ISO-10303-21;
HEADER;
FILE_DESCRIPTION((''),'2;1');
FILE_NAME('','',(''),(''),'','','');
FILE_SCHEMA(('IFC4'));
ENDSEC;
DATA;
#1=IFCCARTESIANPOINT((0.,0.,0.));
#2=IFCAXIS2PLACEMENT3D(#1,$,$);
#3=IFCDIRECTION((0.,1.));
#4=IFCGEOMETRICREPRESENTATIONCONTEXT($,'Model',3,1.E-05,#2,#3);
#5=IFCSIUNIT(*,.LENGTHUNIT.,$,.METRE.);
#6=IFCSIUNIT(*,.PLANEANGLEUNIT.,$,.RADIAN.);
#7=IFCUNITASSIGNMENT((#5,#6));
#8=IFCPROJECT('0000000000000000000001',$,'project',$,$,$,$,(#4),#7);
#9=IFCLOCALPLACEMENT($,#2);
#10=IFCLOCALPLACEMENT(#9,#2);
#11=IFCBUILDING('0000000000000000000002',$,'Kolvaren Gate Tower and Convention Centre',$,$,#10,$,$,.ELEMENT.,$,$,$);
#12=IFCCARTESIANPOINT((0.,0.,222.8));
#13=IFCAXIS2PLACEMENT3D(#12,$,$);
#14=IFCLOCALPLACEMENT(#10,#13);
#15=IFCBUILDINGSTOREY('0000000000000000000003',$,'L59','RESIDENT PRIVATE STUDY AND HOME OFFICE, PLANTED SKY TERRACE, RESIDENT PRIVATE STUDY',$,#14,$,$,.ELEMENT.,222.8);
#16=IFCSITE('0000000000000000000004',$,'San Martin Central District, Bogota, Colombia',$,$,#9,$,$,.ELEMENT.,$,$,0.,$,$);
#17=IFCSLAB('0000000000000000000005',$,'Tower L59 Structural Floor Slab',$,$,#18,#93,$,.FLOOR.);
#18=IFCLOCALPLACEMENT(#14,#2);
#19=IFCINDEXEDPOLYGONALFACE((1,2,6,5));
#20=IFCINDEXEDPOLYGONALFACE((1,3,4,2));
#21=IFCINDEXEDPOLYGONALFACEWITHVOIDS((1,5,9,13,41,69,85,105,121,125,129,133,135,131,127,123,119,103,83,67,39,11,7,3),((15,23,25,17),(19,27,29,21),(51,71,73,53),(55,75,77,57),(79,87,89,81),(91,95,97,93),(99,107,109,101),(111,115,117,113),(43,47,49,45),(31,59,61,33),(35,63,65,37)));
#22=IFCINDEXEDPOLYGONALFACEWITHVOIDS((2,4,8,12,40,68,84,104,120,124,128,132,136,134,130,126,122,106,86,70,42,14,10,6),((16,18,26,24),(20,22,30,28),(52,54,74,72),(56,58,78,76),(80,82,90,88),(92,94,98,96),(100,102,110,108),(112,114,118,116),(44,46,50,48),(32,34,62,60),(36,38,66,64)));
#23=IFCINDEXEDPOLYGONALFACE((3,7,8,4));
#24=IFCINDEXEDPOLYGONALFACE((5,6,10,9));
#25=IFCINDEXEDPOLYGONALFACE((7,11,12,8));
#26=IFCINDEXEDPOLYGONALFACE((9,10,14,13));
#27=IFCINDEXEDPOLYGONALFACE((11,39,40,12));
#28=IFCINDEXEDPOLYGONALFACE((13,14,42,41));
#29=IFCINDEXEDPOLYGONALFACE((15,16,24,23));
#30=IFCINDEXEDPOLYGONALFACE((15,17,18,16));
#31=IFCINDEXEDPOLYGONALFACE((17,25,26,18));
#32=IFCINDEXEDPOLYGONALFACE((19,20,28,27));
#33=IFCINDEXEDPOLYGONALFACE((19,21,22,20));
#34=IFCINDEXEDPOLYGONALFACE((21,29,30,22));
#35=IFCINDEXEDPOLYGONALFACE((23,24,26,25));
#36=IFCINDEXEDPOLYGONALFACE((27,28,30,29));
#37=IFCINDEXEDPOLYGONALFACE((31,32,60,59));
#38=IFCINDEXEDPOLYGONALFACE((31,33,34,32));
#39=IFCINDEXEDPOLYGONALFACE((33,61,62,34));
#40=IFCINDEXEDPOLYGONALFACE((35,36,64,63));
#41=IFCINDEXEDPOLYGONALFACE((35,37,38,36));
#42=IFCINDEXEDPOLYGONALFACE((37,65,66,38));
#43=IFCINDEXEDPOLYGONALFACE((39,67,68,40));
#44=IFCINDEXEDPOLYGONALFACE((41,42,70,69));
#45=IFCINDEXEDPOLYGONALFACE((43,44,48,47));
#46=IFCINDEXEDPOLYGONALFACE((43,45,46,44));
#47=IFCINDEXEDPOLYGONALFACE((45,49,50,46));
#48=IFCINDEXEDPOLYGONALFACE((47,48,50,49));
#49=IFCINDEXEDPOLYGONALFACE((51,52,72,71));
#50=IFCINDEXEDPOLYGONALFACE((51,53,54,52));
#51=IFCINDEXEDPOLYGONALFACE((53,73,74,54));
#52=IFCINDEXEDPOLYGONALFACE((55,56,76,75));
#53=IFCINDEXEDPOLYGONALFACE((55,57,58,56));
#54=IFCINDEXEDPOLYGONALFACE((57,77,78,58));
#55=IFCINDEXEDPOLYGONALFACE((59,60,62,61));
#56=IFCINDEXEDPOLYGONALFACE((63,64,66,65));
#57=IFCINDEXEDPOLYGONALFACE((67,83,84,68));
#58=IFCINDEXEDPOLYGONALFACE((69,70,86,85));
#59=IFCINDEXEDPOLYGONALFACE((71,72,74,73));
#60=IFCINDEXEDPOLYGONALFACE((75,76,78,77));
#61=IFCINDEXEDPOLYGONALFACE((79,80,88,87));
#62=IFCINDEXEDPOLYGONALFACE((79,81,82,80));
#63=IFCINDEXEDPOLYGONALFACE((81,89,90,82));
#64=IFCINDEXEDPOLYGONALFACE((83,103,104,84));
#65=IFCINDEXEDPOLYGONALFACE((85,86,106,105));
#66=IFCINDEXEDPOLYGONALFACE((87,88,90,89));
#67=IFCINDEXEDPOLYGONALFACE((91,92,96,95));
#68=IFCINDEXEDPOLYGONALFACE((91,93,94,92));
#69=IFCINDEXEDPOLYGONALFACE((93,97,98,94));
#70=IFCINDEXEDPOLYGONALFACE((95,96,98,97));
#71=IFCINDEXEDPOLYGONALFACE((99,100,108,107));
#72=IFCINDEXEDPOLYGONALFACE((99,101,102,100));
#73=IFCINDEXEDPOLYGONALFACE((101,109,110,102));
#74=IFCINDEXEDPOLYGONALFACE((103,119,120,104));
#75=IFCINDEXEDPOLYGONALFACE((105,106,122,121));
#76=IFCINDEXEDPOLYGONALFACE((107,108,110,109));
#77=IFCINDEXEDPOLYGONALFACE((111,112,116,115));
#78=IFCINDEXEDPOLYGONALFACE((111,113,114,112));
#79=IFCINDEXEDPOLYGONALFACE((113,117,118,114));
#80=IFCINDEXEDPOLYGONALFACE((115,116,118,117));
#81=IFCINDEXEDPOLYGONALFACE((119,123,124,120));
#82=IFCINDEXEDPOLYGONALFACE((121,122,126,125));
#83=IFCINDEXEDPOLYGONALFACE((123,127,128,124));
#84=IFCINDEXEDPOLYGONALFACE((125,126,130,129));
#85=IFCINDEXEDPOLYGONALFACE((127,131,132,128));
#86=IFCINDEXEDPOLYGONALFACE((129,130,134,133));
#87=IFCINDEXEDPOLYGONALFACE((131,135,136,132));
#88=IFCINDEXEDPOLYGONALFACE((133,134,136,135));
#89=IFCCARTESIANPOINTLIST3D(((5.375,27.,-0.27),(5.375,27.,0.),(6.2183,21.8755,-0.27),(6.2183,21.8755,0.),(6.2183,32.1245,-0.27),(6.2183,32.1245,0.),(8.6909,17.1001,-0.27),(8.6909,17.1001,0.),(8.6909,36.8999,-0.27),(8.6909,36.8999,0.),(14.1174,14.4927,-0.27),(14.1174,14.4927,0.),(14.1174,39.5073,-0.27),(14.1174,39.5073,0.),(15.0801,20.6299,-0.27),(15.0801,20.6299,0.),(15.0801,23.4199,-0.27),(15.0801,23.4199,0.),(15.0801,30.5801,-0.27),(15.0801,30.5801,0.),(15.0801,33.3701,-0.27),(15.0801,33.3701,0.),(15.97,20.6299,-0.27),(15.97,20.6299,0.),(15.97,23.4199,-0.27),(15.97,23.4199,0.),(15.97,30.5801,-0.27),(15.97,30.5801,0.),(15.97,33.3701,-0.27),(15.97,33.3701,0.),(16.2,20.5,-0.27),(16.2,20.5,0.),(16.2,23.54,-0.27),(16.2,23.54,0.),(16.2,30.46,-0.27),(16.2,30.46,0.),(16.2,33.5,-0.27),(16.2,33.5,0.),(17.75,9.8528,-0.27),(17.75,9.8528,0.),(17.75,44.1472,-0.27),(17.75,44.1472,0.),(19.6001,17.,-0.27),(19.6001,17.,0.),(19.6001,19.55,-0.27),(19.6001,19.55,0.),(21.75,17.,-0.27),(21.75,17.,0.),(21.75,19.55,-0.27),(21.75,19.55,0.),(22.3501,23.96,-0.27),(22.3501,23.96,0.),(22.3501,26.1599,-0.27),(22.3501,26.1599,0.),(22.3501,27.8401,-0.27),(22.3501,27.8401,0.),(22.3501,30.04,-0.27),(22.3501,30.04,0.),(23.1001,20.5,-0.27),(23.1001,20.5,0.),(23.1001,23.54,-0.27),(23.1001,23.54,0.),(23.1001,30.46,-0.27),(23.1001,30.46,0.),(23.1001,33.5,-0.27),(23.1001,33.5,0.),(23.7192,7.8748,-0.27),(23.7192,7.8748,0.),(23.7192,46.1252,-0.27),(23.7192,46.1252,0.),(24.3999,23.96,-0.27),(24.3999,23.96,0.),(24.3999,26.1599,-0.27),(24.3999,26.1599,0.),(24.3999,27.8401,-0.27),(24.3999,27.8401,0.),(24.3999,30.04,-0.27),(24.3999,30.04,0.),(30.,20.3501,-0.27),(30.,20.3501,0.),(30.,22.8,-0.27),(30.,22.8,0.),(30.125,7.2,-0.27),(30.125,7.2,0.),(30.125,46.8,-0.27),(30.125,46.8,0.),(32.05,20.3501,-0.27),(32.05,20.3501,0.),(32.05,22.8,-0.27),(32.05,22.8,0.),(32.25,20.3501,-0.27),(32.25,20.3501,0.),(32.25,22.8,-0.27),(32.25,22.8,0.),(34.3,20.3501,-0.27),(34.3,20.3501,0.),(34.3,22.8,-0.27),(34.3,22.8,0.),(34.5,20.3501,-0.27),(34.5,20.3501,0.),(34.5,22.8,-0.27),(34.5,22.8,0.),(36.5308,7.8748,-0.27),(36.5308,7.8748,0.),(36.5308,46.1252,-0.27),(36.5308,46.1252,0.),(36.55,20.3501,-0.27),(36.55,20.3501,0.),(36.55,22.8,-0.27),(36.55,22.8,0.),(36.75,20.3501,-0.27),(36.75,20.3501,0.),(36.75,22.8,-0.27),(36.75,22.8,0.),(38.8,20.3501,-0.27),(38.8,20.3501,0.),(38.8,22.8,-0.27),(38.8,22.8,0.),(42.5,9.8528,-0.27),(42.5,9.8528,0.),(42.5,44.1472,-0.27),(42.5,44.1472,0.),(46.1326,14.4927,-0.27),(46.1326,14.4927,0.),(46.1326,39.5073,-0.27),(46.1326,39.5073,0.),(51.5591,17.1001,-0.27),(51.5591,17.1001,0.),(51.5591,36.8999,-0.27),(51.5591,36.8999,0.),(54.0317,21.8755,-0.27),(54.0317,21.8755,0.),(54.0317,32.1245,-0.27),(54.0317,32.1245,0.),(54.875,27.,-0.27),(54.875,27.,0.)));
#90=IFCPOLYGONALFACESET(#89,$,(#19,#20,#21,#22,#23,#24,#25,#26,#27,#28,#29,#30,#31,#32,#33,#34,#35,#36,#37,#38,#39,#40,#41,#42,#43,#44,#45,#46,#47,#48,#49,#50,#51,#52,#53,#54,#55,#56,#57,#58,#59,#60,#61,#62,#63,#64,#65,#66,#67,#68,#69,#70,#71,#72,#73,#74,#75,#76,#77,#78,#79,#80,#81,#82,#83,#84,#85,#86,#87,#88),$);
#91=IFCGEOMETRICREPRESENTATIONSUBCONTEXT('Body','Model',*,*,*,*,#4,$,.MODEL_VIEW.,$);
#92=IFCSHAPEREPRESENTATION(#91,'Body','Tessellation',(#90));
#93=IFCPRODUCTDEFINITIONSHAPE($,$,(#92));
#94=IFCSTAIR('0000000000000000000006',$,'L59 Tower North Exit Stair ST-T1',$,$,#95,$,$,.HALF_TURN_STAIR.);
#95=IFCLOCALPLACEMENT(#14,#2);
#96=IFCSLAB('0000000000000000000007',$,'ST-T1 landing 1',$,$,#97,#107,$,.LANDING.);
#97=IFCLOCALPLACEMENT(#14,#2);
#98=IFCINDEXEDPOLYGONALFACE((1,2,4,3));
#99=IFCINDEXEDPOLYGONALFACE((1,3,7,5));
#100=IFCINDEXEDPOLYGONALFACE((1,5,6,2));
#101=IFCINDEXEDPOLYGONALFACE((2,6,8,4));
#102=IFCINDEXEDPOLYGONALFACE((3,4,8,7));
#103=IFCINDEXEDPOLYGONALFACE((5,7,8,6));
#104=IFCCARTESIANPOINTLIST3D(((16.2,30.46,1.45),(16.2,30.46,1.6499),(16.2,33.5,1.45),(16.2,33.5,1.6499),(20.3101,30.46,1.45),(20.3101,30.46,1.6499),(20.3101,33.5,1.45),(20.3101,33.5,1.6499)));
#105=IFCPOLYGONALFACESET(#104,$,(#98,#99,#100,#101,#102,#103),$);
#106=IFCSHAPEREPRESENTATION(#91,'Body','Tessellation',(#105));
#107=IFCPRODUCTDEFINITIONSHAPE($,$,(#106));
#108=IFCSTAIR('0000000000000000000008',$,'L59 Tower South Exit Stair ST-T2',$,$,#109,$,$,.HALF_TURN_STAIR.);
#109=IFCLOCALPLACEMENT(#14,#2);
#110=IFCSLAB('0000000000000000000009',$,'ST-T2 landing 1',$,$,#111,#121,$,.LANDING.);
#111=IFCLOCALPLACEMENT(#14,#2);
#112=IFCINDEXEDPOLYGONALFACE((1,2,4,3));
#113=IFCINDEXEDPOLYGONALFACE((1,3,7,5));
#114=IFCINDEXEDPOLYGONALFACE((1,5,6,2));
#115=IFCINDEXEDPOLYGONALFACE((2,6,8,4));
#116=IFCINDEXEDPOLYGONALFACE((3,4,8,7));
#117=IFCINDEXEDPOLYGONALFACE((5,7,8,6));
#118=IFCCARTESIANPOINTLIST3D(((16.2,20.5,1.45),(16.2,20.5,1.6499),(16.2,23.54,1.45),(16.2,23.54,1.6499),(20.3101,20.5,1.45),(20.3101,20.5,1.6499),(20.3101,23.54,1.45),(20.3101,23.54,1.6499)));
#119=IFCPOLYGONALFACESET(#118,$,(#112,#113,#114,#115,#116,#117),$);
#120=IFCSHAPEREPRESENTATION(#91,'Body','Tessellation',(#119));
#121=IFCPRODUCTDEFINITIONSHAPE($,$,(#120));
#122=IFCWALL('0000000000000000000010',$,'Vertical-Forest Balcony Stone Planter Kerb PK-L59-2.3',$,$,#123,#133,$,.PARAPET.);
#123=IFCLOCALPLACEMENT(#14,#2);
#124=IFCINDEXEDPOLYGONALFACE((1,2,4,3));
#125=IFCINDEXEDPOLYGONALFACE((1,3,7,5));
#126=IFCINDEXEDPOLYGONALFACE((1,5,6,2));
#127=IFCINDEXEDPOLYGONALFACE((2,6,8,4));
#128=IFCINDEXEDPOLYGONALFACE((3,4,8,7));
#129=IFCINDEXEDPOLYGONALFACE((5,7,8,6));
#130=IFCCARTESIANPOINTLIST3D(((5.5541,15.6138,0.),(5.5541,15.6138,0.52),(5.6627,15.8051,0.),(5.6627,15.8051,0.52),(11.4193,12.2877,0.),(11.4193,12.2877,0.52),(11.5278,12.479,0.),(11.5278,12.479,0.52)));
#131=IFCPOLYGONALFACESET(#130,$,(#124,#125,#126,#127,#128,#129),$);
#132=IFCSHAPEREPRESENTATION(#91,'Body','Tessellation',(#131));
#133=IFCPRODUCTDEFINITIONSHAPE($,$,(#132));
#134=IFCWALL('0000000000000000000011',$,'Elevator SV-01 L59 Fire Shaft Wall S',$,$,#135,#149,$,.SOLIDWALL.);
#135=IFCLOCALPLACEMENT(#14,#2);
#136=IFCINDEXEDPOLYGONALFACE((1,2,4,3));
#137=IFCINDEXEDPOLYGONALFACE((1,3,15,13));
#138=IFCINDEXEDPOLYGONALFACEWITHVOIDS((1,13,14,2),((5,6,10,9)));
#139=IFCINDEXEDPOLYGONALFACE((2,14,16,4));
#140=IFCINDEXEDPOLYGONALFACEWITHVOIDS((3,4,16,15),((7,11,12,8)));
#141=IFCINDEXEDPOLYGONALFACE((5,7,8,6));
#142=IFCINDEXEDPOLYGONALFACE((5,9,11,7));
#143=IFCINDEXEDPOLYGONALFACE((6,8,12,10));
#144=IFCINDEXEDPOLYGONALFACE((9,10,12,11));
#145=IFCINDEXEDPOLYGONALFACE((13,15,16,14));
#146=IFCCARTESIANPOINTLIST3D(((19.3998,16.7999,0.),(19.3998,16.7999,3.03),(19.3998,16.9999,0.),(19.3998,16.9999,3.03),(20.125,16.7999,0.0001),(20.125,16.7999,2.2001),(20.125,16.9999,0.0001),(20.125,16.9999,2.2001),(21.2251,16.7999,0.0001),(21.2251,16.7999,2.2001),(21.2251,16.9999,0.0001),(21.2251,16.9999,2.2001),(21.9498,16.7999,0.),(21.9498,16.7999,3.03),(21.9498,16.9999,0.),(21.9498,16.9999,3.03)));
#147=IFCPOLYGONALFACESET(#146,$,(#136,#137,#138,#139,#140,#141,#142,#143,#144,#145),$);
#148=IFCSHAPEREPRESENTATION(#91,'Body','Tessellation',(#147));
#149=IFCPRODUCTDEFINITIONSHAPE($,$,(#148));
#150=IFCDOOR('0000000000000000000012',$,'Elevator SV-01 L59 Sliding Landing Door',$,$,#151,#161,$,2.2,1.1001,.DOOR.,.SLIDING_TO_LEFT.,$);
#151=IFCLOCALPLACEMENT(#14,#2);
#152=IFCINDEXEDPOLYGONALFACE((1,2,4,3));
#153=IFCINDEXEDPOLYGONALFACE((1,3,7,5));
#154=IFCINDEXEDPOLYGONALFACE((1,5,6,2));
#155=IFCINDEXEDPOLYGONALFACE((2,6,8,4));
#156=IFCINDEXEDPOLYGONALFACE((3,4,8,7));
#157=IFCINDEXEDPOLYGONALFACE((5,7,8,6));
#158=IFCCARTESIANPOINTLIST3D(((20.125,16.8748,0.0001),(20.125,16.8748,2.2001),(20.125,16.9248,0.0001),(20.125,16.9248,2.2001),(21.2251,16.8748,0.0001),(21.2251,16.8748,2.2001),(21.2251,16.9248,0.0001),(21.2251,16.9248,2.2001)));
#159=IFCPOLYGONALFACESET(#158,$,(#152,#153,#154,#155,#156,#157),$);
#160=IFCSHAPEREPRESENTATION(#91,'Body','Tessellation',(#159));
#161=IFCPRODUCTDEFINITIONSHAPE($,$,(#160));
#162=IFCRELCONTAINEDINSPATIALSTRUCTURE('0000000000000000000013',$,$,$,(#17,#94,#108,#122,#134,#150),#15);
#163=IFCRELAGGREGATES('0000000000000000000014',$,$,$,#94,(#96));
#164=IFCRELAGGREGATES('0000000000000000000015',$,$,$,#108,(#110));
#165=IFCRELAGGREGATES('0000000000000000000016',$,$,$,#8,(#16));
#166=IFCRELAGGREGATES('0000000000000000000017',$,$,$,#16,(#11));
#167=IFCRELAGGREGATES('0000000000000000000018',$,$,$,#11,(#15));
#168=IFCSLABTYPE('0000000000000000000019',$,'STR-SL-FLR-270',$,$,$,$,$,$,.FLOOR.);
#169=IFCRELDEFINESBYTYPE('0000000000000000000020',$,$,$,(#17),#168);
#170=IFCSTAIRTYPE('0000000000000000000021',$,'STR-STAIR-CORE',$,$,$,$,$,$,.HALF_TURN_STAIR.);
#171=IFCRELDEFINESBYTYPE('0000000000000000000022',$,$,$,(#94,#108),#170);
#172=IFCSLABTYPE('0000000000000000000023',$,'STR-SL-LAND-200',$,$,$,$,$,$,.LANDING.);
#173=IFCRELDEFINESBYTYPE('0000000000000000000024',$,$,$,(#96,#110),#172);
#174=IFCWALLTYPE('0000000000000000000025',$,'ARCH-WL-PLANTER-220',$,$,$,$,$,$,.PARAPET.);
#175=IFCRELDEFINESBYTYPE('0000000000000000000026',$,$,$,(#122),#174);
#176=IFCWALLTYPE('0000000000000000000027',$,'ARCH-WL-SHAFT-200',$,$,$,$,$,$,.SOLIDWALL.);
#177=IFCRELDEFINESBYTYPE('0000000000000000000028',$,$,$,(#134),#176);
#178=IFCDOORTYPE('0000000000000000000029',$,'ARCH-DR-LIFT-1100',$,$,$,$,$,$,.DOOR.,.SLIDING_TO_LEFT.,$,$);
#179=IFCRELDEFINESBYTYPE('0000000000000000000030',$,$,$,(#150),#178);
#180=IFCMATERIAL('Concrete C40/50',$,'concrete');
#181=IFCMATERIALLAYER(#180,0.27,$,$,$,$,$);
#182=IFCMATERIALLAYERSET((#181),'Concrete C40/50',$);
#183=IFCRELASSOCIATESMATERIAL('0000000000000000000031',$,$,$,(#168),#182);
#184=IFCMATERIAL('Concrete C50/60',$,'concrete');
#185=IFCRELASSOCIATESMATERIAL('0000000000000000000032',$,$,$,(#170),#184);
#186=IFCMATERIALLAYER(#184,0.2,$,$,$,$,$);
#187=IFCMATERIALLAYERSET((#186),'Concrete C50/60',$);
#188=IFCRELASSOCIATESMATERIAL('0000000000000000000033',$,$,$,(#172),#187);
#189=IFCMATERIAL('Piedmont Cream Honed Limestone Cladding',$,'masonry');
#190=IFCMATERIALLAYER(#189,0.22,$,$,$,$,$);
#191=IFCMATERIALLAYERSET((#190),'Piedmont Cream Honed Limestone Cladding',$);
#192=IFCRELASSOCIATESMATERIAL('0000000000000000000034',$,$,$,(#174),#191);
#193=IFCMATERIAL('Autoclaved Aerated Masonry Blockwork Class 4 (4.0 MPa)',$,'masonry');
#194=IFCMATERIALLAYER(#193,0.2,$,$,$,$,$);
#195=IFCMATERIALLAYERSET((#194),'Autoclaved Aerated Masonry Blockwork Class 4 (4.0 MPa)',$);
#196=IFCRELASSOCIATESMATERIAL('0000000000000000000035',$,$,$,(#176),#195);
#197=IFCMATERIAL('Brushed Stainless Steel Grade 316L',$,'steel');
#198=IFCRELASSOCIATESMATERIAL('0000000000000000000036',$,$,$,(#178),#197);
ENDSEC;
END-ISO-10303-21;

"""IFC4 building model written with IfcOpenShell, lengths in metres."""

from ifc_helpers import new_model, si_unit, direction, frame, frame_2d, origin, place, context, subcontext, project, spatial, polyline, rectangle, outline, extrude, material, layer, layer_set, type_object, element, fill, aggregate, save


model = new_model("IFC4")

# Units and contexts
model_context = context("Model", 3, precision=1e-05, world=origin(), true_north=direction((0.0, 1.0)))
body_context = subcontext(model_context, "Body", "Model", "MODEL_VIEW")
ifc_project = project(units=[si_unit("LENGTHUNIT", "METRE"), si_unit("PLANEANGLEUNIT", "RADIAN")], contexts=[model_context])

# Site, building, storey
site_placement = place(None, origin())
site = spatial("IfcSite", under=ifc_project, at=site_placement, Name="San Martin Central District, Bogota, Colombia", CompositionType="ELEMENT", RefElevation=0.0)
building_placement = place(site_placement, origin())
building = spatial("IfcBuilding", under=site, at=building_placement, Name="Kolvaren Gate Tower and Convention Centre", CompositionType="ELEMENT")
storey_placement = place(building_placement, frame((0.0, 0.0, 222.8)))
storey = spatial("IfcBuildingStorey", under=building, at=storey_placement, Name="L59", Description="RESIDENT PRIVATE STUDY AND HOME OFFICE, PLANTED SKY TERRACE, RESIDENT PRIVATE STUDY", CompositionType="ELEMENT", Elevation=222.8)

# Slab
ifc_material_1 = material(Name="Concrete C50/60", Category="concrete")
ifc_material_2 = material(Name="Concrete C40/50", Category="concrete")
ifc_layer_1 = layer(ifc_material_2, 0.27)
ifc_layer_set_1 = layer_set([ifc_layer_1], Name="Concrete C40/50")
slab_type_1 = type_object("IfcSlabType", Name="STR-SL-FLR-270", PredefinedType="FLOOR", material=ifc_layer_set_1)
slab_1_placement = place(storey_placement, frame((0.0, 0.0, -0.27)))
element("IfcSlab", 1, at=slab_1_placement, inside=storey, type_object=slab_type_1, Name="Tower L59 Structural Floor Slab", PredefinedType="FLOOR", context=body_context, shape_type="SweptSolid", body=[
    extrude(outline(polyline([(54.875, 27.0), (54.0317, 32.1245), (51.5591, 36.8999), (46.1326, 39.5073), (42.5, 44.1472), (36.5308, 46.1252), (30.125, 46.8), (23.7192, 46.1252), (17.75, 44.1472), (14.1174, 39.5073), (8.6909, 36.8999), (6.2183, 32.1245), (5.375, 27.0), (6.2183, 21.8755), (8.6909, 17.1001), (14.1174, 14.4927), (17.75, 9.8528), (23.7192, 7.8748), (30.125, 7.2), (36.5308, 7.8748), (42.5, 9.8528), (46.1326, 14.4927), (51.5591, 17.1001), (54.0317, 21.8755), (54.875, 27.0)]), holes=[polyline([(36.75, 20.3501), (36.75, 22.8), (38.8, 22.8), (38.8, 20.3501), (36.75, 20.3501)]), polyline([(36.55, 20.3501), (34.5, 20.3501), (34.5, 22.8), (36.55, 22.8), (36.55, 20.3501)]), polyline([(32.25, 20.3501), (32.25, 22.8), (34.3, 22.8), (34.3, 20.3501), (32.25, 20.3501)]), polyline([(30.0, 20.3501), (30.0, 22.8), (32.05, 22.8), (32.05, 20.3501), (30.0, 20.3501)]), polyline([(22.3501, 23.96), (22.3501, 26.1599), (24.3999, 26.1599), (24.3999, 23.96), (22.3501, 23.96)]), polyline([(22.3501, 27.8401), (22.3501, 30.04), (24.3999, 30.04), (24.3999, 27.8401), (22.3501, 27.8401)]), polyline([(16.2, 23.54), (23.1001, 23.54), (23.1001, 20.5), (16.2, 20.5), (16.2, 23.54)]), polyline([(16.2, 33.5), (23.1001, 33.5), (23.1001, 30.46), (16.2, 30.46), (16.2, 33.5)]), polyline([(21.75, 17.0), (19.6001, 17.0), (19.6001, 19.55), (21.75, 19.55), (21.75, 17.0)]), polyline([(15.0801, 30.5801), (15.0801, 33.3701), (15.97, 33.3701), (15.97, 30.5801), (15.0801, 30.5801)]), polyline([(15.97, 20.6299), (15.0801, 20.6299), (15.0801, 23.4199), (15.97, 23.4199), (15.97, 20.6299)])]), origin(), (0.0, 0.0, 1.0), 0.27),
])

# Stairs, slabs
stair_type = type_object("IfcStairType", Name="STR-STAIR-CORE", PredefinedType="HALF_TURN_STAIR", material=ifc_material_1)
stair_1_placement = place(storey_placement, origin())
stair_1 = element("IfcStair", 2, at=stair_1_placement, inside=storey, type_object=stair_type, Name="L59 Tower North Exit Stair ST-T1", PredefinedType="HALF_TURN_STAIR")
ifc_layer_2 = layer(ifc_material_1, 0.2)
ifc_layer_set_2 = layer_set([ifc_layer_2], Name="Concrete C50/60")
slab_type_2 = type_object("IfcSlabType", Name="STR-SL-LAND-200", PredefinedType="LANDING", material=ifc_layer_set_2)
slab_2_placement = place(storey_placement, frame((0.0, 0.0, 1.45)))
slab_2 = element("IfcSlab", 3, at=slab_2_placement, type_object=slab_type_2, Name="ST-T1 landing 1", PredefinedType="LANDING", context=body_context, shape_type="SweptSolid", body=[
    extrude(outline(polyline([(20.3101, 33.5), (16.2, 33.5), (16.2, 30.46), (20.3101, 30.46), (20.3101, 33.5)])), origin(), (0.0, 0.0, 1.0), 0.2),
])
aggregate(stair_1, [slab_2])
stair_2_placement = place(storey_placement, origin())
stair_2 = element("IfcStair", 4, at=stair_2_placement, inside=storey, type_object=stair_type, Name="L59 Tower South Exit Stair ST-T2", PredefinedType="HALF_TURN_STAIR")
slab_3_placement = place(storey_placement, frame((0.0, 0.0, 1.45)))
slab_3 = element("IfcSlab", 5, at=slab_3_placement, type_object=slab_type_2, Name="ST-T2 landing 1", PredefinedType="LANDING", context=body_context, shape_type="SweptSolid", body=[
    extrude(outline(polyline([(20.3101, 23.54), (16.2, 23.54), (16.2, 20.5), (20.3101, 20.5), (20.3101, 23.54)])), origin(), (0.0, 0.0, 1.0), 0.2),
])
aggregate(stair_2, [slab_3])

# Wall
ifc_material_3 = material(Name="Piedmont Cream Honed Limestone Cladding", Category="masonry")
ifc_layer_3 = layer(ifc_material_3, 0.22)
ifc_layer_set_3 = layer_set([ifc_layer_3], Name="Piedmont Cream Honed Limestone Cladding")
wall_type_1 = type_object("IfcWallType", Name="ARCH-WL-PLANTER-220", PredefinedType="PARAPET", material=ifc_layer_set_3)
wall_1_placement = place(storey_placement, frame((5.6084, 15.7095, 0.0), z_axis=(0.0, 0.0, 1.0), x_axis=(0.869861, -0.493298, 0.0)))
element("IfcWall", 6, at=wall_1_placement, inside=storey, type_object=wall_type_1, Name="Vertical-Forest Balcony Stone Planter Kerb PK-L59-2.3", PredefinedType="PARAPET", context=body_context, shape_type="SweptSolid", body=[
    extrude(rectangle(XDim=6.7427, YDim=0.22, at=frame_2d((3.3713, 0.0))), origin(), (0.0, 0.0, 1.0), 0.52),
])

# Wall, opening, door
ifc_material_4 = material(Name="Autoclaved Aerated Masonry Blockwork Class 4 (4.0 MPa)", Category="masonry")
ifc_layer_4 = layer(ifc_material_4, 0.2)
ifc_layer_set_4 = layer_set([ifc_layer_4], Name="Autoclaved Aerated Masonry Blockwork Class 4 (4.0 MPa)")
wall_type_2 = type_object("IfcWallType", Name="ARCH-WL-SHAFT-200", PredefinedType="SOLIDWALL", material=ifc_layer_set_4)
wall_2_placement = place(storey_placement, frame((19.3999, 16.8999, 0.0), z_axis=(0.0, 0.0, 1.0), x_axis=(1.0, 0.0, 0.0)))
wall_2 = element("IfcWall", 7, at=wall_2_placement, inside=storey, type_object=wall_type_2, Name="Elevator SV-01 L59 Fire Shaft Wall S", PredefinedType="SOLIDWALL", context=body_context, shape_type="SweptSolid", body=[
    extrude(rectangle(XDim=2.55, YDim=0.2, at=frame_2d((1.2749, 0.0))), origin(), (0.0, 0.0, 1.0), 3.03),
])
opening_1_placement = place(wall_2_placement, frame((0.7251, 0.0, 0.0)))
opening_1 = element("IfcOpeningElement", 8, at=opening_1_placement, cuts=wall_2, PredefinedType="OPENING", context=body_context, shape_type="SweptSolid", body=[
    extrude(rectangle(XDim=1.1001, YDim=2.2, at=frame_2d((0.55, 1.1001))), frame((0.0, 0.1099, 0.0), z_axis=(0.0, -1.0, 0.0), x_axis=(1.0, 0.0, 0.0)), (0.0, 0.0, 1.0), 0.22),
])
ifc_material_5 = material(Name="Brushed Stainless Steel Grade 316L", Category="steel")
door_type = type_object("IfcDoorType", Name="ARCH-DR-LIFT-1100", OperationType="SLIDING_TO_LEFT", PredefinedType="DOOR", material=ifc_material_5)
door_placement = place(opening_1_placement, origin())
door = element("IfcDoor", 9, at=door_placement, inside=storey, type_object=door_type, Name="Elevator SV-01 L59 Sliding Landing Door", OperationType="SLIDING_TO_LEFT", OverallHeight=2.2, OverallWidth=1.1001, PredefinedType="DOOR", context=body_context, shape_type="SweptSolid", body=[
    extrude(rectangle(XDim=1.1001, YDim=2.2, at=frame_2d((0.55, 1.1001))), frame((0.0, 0.0249, 0.0), z_axis=(0.0, -1.0, 0.0), x_axis=(1.0, 0.0, 0.0)), (0.0, 0.0, 1.0), 0.05),
])
fill(opening_1, door)

save(model, "model.ifc")
